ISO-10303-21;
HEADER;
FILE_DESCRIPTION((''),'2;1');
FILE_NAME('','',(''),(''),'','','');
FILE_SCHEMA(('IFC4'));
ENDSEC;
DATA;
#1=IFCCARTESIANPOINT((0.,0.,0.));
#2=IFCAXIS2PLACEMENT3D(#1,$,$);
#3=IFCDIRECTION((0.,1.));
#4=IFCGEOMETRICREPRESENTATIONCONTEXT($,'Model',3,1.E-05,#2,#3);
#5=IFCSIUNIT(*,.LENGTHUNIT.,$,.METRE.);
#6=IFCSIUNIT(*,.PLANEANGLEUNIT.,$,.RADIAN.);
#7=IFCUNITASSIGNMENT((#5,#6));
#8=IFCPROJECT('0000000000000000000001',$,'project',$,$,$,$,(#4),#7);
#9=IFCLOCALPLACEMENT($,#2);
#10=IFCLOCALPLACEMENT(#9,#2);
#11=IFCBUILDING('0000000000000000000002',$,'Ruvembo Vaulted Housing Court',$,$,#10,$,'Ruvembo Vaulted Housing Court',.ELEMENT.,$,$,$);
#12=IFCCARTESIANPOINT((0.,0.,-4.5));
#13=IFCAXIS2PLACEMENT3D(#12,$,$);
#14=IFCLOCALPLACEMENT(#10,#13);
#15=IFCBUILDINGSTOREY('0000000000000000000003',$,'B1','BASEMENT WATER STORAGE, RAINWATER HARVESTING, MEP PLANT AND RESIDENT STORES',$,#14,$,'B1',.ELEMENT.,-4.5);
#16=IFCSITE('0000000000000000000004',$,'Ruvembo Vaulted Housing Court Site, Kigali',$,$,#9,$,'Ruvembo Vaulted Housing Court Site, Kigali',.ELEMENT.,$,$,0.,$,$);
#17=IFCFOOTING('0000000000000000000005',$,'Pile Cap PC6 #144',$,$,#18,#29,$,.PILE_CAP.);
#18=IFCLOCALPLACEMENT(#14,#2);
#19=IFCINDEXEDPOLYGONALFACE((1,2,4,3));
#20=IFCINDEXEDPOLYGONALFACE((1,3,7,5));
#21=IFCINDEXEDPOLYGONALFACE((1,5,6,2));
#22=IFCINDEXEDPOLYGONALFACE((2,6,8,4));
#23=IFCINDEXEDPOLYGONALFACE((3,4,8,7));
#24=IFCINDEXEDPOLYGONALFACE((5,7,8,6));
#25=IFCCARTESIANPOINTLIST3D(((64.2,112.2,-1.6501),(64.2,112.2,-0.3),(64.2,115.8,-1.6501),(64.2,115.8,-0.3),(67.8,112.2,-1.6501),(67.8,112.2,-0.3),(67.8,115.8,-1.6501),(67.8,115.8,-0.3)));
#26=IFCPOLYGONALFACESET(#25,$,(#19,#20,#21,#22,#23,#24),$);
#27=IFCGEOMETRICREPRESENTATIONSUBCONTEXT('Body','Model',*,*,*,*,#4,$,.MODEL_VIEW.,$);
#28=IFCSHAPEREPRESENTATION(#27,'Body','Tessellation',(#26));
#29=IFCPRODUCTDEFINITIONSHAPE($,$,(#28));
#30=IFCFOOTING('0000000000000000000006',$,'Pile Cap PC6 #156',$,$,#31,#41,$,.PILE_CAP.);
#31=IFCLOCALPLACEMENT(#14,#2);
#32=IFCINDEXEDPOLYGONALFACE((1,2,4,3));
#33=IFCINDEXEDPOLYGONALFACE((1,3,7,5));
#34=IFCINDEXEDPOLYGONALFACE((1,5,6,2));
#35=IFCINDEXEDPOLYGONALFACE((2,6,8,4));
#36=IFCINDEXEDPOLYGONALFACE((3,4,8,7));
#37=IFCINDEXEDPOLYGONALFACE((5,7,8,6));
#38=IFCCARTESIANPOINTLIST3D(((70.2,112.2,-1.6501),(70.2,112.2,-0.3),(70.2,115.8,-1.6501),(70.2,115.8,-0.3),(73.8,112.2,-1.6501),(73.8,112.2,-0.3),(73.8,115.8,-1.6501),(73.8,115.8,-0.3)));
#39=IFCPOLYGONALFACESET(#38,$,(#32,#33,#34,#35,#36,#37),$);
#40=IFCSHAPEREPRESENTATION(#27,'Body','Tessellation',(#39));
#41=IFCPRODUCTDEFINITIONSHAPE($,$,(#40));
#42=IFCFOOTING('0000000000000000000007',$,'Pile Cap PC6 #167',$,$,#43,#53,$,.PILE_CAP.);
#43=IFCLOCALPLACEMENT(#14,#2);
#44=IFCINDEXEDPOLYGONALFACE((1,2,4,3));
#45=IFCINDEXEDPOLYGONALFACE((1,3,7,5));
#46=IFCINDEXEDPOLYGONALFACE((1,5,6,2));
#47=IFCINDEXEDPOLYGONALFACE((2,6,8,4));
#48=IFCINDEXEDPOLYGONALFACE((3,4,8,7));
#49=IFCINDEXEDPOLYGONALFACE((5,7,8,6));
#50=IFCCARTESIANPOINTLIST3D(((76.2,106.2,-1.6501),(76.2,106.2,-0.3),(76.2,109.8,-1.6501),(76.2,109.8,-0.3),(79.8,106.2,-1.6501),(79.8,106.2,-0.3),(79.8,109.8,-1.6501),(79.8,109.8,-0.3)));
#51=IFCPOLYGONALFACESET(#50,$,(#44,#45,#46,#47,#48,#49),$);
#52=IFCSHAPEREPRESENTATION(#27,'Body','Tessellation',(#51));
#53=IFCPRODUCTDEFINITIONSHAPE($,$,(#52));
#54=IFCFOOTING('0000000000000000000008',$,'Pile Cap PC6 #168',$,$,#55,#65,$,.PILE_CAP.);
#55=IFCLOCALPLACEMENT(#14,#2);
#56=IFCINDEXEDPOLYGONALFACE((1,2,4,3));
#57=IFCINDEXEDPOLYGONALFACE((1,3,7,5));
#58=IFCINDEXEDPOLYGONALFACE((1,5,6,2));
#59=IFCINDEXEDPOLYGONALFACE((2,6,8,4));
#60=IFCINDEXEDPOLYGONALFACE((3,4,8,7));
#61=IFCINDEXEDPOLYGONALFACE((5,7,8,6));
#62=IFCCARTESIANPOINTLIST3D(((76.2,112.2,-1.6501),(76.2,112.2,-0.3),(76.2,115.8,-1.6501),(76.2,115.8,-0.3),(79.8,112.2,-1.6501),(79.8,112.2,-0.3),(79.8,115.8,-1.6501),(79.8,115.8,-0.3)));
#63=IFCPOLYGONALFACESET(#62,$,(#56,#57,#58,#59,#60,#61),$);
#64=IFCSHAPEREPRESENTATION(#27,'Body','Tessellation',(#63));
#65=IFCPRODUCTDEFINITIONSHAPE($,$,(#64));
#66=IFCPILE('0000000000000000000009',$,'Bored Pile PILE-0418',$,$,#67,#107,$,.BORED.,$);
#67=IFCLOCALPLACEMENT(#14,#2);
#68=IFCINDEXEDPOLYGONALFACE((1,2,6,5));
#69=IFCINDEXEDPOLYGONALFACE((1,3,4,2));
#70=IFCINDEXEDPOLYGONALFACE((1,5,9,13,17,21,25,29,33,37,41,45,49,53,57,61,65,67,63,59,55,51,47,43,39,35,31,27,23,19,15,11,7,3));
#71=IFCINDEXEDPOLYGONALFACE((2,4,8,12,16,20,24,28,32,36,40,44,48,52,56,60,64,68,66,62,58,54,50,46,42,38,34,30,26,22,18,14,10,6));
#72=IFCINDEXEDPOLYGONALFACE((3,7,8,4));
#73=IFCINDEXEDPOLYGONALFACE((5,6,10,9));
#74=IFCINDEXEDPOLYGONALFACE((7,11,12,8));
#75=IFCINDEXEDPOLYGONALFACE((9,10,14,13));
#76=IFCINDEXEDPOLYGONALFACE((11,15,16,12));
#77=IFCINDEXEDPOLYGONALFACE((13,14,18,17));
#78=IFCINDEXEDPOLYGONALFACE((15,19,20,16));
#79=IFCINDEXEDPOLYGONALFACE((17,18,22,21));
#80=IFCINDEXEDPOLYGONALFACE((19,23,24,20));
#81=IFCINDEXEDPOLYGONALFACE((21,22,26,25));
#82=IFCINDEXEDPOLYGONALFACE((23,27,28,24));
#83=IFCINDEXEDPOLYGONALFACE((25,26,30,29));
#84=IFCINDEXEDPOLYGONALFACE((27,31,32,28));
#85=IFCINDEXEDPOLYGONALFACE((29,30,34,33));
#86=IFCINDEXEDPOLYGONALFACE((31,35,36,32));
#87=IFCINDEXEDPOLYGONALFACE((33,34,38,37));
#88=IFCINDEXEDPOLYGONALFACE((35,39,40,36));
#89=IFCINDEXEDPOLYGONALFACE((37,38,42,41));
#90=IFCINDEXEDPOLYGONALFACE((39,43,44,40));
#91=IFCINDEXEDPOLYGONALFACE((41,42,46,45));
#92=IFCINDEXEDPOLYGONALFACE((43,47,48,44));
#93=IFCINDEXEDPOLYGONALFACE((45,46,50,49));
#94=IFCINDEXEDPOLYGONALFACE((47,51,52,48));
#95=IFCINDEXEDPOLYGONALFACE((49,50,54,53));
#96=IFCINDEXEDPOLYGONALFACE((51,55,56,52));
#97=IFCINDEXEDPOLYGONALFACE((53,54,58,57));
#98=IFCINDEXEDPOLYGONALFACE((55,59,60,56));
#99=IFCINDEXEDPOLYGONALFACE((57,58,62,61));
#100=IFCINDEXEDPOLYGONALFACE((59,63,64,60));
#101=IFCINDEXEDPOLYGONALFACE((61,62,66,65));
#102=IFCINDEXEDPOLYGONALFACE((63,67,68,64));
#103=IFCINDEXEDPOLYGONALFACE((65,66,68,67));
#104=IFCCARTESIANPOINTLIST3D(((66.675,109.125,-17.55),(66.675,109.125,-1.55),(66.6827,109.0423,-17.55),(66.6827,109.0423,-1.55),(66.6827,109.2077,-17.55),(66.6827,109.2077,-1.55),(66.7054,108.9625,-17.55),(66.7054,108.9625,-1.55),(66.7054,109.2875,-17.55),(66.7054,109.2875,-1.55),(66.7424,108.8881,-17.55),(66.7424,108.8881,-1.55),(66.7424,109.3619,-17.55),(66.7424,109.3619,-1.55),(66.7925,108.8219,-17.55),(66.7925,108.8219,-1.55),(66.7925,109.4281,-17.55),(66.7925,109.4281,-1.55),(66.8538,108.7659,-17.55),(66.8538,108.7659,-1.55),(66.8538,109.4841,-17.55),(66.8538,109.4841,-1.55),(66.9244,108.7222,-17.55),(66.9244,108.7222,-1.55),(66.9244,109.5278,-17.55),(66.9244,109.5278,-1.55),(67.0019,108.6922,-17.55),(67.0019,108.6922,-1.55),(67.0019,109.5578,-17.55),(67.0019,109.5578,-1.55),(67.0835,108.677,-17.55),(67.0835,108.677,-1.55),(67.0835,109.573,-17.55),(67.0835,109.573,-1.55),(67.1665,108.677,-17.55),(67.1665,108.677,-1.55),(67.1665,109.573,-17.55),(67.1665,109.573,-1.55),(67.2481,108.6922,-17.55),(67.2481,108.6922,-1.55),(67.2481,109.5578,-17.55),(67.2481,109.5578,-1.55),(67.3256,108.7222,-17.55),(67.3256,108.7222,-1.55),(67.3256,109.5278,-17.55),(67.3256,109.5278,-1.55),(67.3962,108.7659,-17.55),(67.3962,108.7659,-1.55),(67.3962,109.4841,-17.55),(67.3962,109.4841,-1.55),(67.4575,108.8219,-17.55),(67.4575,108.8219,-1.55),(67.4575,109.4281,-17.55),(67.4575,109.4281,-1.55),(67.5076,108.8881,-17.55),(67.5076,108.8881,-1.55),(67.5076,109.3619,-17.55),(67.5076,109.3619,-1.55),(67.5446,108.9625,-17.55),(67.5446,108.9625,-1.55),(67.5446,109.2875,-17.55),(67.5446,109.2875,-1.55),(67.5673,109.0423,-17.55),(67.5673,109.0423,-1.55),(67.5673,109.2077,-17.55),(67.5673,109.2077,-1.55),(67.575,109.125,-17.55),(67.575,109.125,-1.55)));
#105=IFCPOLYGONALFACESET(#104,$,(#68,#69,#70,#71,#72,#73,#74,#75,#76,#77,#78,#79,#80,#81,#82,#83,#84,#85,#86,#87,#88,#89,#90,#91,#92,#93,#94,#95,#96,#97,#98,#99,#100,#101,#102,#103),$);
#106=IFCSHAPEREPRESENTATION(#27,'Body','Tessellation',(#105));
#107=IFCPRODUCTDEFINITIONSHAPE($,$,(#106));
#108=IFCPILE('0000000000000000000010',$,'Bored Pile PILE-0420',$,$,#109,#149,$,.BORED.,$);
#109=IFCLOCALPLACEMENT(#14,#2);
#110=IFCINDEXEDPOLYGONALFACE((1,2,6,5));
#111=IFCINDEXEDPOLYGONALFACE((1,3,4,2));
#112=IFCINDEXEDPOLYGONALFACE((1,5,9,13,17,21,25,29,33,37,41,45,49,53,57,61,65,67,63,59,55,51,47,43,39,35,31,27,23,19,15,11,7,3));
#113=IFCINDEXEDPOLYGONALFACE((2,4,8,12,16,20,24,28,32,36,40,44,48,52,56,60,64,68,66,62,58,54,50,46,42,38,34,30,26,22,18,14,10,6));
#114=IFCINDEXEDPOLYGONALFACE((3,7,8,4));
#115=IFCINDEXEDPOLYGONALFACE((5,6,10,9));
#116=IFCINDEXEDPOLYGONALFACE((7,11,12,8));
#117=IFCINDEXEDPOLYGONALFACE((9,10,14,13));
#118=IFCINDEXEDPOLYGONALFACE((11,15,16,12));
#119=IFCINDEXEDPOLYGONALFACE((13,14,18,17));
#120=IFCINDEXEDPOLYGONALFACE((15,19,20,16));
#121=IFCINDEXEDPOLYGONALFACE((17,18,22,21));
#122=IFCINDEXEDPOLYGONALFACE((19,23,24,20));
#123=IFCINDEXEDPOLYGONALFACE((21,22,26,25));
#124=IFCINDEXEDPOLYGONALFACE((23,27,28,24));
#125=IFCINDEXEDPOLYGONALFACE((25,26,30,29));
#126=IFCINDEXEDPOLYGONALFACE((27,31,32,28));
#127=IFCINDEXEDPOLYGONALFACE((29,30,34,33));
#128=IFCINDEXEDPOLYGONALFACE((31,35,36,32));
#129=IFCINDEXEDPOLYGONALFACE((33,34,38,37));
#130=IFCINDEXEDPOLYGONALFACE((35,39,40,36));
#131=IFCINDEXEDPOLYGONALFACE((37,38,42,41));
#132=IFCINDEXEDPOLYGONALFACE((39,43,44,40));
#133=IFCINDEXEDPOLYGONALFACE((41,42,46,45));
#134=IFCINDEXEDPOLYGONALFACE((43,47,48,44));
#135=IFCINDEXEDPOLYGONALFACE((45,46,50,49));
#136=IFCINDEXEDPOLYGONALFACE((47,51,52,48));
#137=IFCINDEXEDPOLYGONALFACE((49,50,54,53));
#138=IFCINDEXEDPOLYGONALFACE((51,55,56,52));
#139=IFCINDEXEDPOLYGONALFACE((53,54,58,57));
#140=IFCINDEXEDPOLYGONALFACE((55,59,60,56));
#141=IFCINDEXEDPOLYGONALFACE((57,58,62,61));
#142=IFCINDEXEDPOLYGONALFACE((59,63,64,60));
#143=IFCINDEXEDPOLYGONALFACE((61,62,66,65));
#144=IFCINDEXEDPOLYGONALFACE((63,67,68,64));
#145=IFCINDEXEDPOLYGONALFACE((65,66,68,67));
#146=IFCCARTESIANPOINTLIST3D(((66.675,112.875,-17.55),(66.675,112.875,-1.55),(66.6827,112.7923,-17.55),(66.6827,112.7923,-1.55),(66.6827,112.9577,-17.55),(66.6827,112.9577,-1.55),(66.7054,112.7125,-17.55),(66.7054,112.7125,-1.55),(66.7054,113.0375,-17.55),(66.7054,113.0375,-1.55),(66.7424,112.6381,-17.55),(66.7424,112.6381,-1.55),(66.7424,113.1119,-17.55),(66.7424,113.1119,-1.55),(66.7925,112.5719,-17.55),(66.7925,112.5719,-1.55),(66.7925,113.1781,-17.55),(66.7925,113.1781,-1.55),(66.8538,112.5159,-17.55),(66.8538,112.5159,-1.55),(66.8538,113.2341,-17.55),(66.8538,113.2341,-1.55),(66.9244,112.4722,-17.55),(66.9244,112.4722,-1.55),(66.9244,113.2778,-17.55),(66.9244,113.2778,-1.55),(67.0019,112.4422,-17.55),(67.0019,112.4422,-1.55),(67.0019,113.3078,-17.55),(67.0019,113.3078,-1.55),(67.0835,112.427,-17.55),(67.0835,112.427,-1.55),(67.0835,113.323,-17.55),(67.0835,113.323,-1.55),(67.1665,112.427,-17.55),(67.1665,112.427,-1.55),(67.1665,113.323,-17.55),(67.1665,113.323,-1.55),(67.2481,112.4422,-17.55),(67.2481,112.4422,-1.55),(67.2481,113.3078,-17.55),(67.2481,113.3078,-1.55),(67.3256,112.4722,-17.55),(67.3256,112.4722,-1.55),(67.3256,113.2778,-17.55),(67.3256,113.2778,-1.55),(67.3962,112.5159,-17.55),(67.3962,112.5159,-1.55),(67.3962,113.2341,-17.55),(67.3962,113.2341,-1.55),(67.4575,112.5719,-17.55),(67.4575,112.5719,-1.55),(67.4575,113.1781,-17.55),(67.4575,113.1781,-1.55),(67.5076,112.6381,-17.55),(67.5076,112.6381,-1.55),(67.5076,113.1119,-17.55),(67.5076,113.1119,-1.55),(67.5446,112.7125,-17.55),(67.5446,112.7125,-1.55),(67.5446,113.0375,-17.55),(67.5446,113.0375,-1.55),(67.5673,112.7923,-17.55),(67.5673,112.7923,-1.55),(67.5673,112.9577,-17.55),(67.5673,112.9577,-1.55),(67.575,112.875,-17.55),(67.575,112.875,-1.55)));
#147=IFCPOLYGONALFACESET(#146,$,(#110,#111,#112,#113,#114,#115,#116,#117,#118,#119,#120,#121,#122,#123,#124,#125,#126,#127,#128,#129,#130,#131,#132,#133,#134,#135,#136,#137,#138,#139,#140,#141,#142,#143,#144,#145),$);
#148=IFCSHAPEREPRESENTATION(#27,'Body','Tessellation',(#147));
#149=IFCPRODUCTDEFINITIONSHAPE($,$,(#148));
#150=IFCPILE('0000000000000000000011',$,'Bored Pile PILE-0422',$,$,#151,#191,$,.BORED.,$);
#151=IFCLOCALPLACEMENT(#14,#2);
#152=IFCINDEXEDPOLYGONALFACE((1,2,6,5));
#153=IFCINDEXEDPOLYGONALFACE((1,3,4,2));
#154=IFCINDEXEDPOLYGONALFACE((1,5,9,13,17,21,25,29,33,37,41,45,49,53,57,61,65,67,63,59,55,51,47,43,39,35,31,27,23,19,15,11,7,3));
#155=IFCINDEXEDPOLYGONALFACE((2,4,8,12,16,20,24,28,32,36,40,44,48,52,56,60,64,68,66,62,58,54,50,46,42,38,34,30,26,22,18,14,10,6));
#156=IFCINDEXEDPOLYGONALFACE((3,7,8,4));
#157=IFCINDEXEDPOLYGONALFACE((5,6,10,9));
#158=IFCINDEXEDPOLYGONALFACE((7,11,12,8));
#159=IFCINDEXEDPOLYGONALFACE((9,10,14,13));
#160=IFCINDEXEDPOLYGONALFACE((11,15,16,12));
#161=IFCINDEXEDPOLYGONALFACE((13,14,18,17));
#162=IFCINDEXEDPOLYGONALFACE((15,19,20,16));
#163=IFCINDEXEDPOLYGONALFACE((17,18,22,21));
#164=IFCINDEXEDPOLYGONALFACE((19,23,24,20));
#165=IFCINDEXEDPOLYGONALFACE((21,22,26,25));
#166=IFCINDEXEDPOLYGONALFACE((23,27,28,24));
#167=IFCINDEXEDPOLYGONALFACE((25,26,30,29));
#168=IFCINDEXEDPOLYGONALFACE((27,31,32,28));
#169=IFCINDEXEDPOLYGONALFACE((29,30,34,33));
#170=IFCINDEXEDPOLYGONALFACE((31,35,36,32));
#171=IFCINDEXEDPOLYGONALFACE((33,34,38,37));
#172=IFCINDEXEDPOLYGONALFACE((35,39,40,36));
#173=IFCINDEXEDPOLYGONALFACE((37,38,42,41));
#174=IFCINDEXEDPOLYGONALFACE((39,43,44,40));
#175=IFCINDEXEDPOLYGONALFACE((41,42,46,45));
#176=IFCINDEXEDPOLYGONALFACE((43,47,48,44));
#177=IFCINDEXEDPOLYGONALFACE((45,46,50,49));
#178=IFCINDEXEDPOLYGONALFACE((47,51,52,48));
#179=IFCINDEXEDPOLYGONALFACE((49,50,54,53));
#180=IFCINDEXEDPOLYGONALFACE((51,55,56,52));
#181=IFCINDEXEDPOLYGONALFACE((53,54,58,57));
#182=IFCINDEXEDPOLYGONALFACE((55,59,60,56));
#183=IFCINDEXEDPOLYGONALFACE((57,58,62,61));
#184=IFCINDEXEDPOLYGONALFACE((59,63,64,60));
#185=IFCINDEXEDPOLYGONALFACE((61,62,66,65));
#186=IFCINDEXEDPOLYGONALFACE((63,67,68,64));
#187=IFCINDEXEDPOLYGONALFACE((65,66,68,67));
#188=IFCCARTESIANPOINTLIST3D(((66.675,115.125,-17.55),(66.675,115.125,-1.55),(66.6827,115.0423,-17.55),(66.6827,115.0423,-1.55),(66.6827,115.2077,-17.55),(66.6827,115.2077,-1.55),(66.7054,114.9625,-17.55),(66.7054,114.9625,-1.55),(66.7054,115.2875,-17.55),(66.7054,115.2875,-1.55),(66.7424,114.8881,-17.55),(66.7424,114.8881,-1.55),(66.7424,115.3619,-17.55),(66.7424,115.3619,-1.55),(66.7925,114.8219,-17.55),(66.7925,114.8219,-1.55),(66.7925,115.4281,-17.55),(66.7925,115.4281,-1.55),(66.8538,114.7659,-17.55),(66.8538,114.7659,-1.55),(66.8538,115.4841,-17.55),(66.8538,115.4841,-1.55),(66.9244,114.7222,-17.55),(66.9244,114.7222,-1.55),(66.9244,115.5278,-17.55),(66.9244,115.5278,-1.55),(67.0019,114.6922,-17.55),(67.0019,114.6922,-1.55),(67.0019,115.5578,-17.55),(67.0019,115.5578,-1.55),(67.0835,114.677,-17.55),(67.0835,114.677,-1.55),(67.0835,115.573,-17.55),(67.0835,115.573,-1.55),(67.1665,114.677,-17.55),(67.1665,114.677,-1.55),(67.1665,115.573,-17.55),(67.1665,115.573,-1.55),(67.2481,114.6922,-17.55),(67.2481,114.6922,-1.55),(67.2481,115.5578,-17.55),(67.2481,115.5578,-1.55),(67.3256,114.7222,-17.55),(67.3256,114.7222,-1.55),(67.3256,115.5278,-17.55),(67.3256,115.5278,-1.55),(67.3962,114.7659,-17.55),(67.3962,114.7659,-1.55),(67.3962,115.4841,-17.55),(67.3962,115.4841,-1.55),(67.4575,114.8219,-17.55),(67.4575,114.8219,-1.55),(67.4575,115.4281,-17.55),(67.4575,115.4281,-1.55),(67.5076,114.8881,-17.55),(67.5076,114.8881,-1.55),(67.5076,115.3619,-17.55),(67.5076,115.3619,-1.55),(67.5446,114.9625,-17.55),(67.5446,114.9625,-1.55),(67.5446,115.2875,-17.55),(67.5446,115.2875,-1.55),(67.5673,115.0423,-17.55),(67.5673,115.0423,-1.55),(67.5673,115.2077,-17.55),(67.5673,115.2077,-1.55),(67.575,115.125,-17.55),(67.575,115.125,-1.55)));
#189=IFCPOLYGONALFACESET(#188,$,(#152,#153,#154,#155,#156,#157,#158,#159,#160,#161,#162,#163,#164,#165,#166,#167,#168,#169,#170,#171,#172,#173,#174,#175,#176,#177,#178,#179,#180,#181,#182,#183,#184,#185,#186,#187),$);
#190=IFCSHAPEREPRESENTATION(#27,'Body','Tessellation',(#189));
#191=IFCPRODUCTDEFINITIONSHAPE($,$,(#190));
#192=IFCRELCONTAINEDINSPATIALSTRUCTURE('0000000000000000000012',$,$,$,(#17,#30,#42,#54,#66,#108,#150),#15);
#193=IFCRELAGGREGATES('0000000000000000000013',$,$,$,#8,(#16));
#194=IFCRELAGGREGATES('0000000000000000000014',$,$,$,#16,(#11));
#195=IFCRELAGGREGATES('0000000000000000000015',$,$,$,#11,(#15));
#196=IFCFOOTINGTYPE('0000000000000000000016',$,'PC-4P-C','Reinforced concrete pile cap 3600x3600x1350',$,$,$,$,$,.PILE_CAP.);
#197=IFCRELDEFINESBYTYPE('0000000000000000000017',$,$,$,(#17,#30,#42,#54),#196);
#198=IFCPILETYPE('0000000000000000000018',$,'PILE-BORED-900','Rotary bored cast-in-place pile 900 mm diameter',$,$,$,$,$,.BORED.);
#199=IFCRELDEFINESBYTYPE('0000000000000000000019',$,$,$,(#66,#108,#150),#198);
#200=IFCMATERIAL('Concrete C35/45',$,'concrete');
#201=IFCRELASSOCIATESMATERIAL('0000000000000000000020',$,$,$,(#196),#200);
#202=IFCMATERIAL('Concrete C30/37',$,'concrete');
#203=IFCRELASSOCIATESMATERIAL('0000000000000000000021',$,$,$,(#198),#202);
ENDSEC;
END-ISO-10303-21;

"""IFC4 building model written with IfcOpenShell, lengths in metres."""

from ifc_helpers import new_model, si_unit, direction, frame, origin, origin_2d, place, context, subcontext, project, spatial, rectangle, circle, extrude, material, material_profile, profile_set, type_object, element, save


model = new_model("IFC4")

# Units and contexts
model_context = context("Model", 3, precision=1e-05, world=origin(), true_north=direction((0.0, 1.0)))
body_context = subcontext(model_context, "Body", "Model", "MODEL_VIEW")
ifc_project = project(units=[si_unit("LENGTHUNIT", "METRE"), si_unit("PLANEANGLEUNIT", "RADIAN")], contexts=[model_context])

# Site, building, storey
site_placement = place(None, origin())
site = spatial("IfcSite", under=ifc_project, at=site_placement, Name="Ruvembo Vaulted Housing Court Site, Kigali", LongName="Ruvembo Vaulted Housing Court Site, Kigali", CompositionType="ELEMENT", RefElevation=0.0)
building_placement = place(site_placement, origin())
building = spatial("IfcBuilding", under=site, at=building_placement, Name="Ruvembo Vaulted Housing Court", LongName="Ruvembo Vaulted Housing Court", CompositionType="ELEMENT")
storey_placement = place(building_placement, frame((0.0, 0.0, -4.5)))
storey = spatial("IfcBuildingStorey", under=building, at=storey_placement, Name="B1", Description="BASEMENT WATER STORAGE, RAINWATER HARVESTING, MEP PLANT AND RESIDENT STORES", LongName="B1", CompositionType="ELEMENT", Elevation=-4.5)

# Footings
ifc_material_1 = material(Name="Concrete C35/45", Category="concrete")
footing_type = type_object("IfcFootingType", Name="PC-4P-C", Description="Reinforced concrete pile cap 3600x3600x1350", PredefinedType="PILE_CAP", material=ifc_material_1)
for number, where, z_axis, x_axis, name in (
    (1, (66.0, 114.0, -1.6501), (0.0, 0.0, 1.0), (1.0, 0.0, 0.0), "Pile Cap PC6 #144"),
    (2, (72.0, 114.0, -1.6501), (0.0, 0.0, 1.0), (1.0, 0.0, 0.0), "Pile Cap PC6 #156"),
    (3, (78.0, 108.0, -1.6501), (0.0, 0.0, 1.0), (1.0, 0.0, 0.0), "Pile Cap PC6 #167"),
    (4, (78.0, 114.0, -1.6501), (0.0, 0.0, 1.0), (1.0, 0.0, 0.0), "Pile Cap PC6 #168"),
):
    element("IfcFooting", number, at=place(storey_placement, frame(where, z_axis=z_axis, x_axis=x_axis)), inside=storey, type_object=footing_type, Name=name, PredefinedType="PILE_CAP", context=body_context, shape_type="SweptSolid", body=[
        extrude(rectangle(XDim=3.6001, YDim=3.6001, at=origin_2d()), origin(), (0.0, 0.0, 1.0), 1.3501),
    ])

# Piles
ifc_material_2 = material(Name="Concrete C30/37", Category="concrete")
ifc_material_profile_1 = material_profile(ifc_material_2, circle(Radius=0.45, at=origin_2d()), Name="PILE D900")
ifc_profile_set_1 = profile_set([ifc_material_profile_1], Name="Concrete C30/37")
pile_type = type_object("IfcPileType", Name="PILE-BORED-900", Description="Rotary bored cast-in-place pile 900 mm diameter", PredefinedType="BORED", material=ifc_profile_set_1)
for number, where, z_axis, x_axis, name in (
    (5, (67.125, 109.125, -1.55), (0.0, 0.0, -1.0), (1.0, 0.0, 0.0), "Bored Pile PILE-0418"),
    (6, (67.125, 112.875, -1.55), (0.0, 0.0, -1.0), (1.0, 0.0, 0.0), "Bored Pile PILE-0420"),
    (7, (67.125, 115.125, -1.55), (0.0, 0.0, -1.0), (1.0, 0.0, 0.0), "Bored Pile PILE-0422"),
):
    element("IfcPile", number, at=place(storey_placement, frame(where, z_axis=z_axis, x_axis=x_axis)), inside=storey, type_object=pile_type, Name=name, PredefinedType="BORED", context=body_context, shape_type="SweptSolid", body=[
        extrude(circle(Radius=0.45, at=origin_2d()), origin(), (0.0, 0.0, 1.0), 16.0),
    ])

save(model, "model.ifc")
